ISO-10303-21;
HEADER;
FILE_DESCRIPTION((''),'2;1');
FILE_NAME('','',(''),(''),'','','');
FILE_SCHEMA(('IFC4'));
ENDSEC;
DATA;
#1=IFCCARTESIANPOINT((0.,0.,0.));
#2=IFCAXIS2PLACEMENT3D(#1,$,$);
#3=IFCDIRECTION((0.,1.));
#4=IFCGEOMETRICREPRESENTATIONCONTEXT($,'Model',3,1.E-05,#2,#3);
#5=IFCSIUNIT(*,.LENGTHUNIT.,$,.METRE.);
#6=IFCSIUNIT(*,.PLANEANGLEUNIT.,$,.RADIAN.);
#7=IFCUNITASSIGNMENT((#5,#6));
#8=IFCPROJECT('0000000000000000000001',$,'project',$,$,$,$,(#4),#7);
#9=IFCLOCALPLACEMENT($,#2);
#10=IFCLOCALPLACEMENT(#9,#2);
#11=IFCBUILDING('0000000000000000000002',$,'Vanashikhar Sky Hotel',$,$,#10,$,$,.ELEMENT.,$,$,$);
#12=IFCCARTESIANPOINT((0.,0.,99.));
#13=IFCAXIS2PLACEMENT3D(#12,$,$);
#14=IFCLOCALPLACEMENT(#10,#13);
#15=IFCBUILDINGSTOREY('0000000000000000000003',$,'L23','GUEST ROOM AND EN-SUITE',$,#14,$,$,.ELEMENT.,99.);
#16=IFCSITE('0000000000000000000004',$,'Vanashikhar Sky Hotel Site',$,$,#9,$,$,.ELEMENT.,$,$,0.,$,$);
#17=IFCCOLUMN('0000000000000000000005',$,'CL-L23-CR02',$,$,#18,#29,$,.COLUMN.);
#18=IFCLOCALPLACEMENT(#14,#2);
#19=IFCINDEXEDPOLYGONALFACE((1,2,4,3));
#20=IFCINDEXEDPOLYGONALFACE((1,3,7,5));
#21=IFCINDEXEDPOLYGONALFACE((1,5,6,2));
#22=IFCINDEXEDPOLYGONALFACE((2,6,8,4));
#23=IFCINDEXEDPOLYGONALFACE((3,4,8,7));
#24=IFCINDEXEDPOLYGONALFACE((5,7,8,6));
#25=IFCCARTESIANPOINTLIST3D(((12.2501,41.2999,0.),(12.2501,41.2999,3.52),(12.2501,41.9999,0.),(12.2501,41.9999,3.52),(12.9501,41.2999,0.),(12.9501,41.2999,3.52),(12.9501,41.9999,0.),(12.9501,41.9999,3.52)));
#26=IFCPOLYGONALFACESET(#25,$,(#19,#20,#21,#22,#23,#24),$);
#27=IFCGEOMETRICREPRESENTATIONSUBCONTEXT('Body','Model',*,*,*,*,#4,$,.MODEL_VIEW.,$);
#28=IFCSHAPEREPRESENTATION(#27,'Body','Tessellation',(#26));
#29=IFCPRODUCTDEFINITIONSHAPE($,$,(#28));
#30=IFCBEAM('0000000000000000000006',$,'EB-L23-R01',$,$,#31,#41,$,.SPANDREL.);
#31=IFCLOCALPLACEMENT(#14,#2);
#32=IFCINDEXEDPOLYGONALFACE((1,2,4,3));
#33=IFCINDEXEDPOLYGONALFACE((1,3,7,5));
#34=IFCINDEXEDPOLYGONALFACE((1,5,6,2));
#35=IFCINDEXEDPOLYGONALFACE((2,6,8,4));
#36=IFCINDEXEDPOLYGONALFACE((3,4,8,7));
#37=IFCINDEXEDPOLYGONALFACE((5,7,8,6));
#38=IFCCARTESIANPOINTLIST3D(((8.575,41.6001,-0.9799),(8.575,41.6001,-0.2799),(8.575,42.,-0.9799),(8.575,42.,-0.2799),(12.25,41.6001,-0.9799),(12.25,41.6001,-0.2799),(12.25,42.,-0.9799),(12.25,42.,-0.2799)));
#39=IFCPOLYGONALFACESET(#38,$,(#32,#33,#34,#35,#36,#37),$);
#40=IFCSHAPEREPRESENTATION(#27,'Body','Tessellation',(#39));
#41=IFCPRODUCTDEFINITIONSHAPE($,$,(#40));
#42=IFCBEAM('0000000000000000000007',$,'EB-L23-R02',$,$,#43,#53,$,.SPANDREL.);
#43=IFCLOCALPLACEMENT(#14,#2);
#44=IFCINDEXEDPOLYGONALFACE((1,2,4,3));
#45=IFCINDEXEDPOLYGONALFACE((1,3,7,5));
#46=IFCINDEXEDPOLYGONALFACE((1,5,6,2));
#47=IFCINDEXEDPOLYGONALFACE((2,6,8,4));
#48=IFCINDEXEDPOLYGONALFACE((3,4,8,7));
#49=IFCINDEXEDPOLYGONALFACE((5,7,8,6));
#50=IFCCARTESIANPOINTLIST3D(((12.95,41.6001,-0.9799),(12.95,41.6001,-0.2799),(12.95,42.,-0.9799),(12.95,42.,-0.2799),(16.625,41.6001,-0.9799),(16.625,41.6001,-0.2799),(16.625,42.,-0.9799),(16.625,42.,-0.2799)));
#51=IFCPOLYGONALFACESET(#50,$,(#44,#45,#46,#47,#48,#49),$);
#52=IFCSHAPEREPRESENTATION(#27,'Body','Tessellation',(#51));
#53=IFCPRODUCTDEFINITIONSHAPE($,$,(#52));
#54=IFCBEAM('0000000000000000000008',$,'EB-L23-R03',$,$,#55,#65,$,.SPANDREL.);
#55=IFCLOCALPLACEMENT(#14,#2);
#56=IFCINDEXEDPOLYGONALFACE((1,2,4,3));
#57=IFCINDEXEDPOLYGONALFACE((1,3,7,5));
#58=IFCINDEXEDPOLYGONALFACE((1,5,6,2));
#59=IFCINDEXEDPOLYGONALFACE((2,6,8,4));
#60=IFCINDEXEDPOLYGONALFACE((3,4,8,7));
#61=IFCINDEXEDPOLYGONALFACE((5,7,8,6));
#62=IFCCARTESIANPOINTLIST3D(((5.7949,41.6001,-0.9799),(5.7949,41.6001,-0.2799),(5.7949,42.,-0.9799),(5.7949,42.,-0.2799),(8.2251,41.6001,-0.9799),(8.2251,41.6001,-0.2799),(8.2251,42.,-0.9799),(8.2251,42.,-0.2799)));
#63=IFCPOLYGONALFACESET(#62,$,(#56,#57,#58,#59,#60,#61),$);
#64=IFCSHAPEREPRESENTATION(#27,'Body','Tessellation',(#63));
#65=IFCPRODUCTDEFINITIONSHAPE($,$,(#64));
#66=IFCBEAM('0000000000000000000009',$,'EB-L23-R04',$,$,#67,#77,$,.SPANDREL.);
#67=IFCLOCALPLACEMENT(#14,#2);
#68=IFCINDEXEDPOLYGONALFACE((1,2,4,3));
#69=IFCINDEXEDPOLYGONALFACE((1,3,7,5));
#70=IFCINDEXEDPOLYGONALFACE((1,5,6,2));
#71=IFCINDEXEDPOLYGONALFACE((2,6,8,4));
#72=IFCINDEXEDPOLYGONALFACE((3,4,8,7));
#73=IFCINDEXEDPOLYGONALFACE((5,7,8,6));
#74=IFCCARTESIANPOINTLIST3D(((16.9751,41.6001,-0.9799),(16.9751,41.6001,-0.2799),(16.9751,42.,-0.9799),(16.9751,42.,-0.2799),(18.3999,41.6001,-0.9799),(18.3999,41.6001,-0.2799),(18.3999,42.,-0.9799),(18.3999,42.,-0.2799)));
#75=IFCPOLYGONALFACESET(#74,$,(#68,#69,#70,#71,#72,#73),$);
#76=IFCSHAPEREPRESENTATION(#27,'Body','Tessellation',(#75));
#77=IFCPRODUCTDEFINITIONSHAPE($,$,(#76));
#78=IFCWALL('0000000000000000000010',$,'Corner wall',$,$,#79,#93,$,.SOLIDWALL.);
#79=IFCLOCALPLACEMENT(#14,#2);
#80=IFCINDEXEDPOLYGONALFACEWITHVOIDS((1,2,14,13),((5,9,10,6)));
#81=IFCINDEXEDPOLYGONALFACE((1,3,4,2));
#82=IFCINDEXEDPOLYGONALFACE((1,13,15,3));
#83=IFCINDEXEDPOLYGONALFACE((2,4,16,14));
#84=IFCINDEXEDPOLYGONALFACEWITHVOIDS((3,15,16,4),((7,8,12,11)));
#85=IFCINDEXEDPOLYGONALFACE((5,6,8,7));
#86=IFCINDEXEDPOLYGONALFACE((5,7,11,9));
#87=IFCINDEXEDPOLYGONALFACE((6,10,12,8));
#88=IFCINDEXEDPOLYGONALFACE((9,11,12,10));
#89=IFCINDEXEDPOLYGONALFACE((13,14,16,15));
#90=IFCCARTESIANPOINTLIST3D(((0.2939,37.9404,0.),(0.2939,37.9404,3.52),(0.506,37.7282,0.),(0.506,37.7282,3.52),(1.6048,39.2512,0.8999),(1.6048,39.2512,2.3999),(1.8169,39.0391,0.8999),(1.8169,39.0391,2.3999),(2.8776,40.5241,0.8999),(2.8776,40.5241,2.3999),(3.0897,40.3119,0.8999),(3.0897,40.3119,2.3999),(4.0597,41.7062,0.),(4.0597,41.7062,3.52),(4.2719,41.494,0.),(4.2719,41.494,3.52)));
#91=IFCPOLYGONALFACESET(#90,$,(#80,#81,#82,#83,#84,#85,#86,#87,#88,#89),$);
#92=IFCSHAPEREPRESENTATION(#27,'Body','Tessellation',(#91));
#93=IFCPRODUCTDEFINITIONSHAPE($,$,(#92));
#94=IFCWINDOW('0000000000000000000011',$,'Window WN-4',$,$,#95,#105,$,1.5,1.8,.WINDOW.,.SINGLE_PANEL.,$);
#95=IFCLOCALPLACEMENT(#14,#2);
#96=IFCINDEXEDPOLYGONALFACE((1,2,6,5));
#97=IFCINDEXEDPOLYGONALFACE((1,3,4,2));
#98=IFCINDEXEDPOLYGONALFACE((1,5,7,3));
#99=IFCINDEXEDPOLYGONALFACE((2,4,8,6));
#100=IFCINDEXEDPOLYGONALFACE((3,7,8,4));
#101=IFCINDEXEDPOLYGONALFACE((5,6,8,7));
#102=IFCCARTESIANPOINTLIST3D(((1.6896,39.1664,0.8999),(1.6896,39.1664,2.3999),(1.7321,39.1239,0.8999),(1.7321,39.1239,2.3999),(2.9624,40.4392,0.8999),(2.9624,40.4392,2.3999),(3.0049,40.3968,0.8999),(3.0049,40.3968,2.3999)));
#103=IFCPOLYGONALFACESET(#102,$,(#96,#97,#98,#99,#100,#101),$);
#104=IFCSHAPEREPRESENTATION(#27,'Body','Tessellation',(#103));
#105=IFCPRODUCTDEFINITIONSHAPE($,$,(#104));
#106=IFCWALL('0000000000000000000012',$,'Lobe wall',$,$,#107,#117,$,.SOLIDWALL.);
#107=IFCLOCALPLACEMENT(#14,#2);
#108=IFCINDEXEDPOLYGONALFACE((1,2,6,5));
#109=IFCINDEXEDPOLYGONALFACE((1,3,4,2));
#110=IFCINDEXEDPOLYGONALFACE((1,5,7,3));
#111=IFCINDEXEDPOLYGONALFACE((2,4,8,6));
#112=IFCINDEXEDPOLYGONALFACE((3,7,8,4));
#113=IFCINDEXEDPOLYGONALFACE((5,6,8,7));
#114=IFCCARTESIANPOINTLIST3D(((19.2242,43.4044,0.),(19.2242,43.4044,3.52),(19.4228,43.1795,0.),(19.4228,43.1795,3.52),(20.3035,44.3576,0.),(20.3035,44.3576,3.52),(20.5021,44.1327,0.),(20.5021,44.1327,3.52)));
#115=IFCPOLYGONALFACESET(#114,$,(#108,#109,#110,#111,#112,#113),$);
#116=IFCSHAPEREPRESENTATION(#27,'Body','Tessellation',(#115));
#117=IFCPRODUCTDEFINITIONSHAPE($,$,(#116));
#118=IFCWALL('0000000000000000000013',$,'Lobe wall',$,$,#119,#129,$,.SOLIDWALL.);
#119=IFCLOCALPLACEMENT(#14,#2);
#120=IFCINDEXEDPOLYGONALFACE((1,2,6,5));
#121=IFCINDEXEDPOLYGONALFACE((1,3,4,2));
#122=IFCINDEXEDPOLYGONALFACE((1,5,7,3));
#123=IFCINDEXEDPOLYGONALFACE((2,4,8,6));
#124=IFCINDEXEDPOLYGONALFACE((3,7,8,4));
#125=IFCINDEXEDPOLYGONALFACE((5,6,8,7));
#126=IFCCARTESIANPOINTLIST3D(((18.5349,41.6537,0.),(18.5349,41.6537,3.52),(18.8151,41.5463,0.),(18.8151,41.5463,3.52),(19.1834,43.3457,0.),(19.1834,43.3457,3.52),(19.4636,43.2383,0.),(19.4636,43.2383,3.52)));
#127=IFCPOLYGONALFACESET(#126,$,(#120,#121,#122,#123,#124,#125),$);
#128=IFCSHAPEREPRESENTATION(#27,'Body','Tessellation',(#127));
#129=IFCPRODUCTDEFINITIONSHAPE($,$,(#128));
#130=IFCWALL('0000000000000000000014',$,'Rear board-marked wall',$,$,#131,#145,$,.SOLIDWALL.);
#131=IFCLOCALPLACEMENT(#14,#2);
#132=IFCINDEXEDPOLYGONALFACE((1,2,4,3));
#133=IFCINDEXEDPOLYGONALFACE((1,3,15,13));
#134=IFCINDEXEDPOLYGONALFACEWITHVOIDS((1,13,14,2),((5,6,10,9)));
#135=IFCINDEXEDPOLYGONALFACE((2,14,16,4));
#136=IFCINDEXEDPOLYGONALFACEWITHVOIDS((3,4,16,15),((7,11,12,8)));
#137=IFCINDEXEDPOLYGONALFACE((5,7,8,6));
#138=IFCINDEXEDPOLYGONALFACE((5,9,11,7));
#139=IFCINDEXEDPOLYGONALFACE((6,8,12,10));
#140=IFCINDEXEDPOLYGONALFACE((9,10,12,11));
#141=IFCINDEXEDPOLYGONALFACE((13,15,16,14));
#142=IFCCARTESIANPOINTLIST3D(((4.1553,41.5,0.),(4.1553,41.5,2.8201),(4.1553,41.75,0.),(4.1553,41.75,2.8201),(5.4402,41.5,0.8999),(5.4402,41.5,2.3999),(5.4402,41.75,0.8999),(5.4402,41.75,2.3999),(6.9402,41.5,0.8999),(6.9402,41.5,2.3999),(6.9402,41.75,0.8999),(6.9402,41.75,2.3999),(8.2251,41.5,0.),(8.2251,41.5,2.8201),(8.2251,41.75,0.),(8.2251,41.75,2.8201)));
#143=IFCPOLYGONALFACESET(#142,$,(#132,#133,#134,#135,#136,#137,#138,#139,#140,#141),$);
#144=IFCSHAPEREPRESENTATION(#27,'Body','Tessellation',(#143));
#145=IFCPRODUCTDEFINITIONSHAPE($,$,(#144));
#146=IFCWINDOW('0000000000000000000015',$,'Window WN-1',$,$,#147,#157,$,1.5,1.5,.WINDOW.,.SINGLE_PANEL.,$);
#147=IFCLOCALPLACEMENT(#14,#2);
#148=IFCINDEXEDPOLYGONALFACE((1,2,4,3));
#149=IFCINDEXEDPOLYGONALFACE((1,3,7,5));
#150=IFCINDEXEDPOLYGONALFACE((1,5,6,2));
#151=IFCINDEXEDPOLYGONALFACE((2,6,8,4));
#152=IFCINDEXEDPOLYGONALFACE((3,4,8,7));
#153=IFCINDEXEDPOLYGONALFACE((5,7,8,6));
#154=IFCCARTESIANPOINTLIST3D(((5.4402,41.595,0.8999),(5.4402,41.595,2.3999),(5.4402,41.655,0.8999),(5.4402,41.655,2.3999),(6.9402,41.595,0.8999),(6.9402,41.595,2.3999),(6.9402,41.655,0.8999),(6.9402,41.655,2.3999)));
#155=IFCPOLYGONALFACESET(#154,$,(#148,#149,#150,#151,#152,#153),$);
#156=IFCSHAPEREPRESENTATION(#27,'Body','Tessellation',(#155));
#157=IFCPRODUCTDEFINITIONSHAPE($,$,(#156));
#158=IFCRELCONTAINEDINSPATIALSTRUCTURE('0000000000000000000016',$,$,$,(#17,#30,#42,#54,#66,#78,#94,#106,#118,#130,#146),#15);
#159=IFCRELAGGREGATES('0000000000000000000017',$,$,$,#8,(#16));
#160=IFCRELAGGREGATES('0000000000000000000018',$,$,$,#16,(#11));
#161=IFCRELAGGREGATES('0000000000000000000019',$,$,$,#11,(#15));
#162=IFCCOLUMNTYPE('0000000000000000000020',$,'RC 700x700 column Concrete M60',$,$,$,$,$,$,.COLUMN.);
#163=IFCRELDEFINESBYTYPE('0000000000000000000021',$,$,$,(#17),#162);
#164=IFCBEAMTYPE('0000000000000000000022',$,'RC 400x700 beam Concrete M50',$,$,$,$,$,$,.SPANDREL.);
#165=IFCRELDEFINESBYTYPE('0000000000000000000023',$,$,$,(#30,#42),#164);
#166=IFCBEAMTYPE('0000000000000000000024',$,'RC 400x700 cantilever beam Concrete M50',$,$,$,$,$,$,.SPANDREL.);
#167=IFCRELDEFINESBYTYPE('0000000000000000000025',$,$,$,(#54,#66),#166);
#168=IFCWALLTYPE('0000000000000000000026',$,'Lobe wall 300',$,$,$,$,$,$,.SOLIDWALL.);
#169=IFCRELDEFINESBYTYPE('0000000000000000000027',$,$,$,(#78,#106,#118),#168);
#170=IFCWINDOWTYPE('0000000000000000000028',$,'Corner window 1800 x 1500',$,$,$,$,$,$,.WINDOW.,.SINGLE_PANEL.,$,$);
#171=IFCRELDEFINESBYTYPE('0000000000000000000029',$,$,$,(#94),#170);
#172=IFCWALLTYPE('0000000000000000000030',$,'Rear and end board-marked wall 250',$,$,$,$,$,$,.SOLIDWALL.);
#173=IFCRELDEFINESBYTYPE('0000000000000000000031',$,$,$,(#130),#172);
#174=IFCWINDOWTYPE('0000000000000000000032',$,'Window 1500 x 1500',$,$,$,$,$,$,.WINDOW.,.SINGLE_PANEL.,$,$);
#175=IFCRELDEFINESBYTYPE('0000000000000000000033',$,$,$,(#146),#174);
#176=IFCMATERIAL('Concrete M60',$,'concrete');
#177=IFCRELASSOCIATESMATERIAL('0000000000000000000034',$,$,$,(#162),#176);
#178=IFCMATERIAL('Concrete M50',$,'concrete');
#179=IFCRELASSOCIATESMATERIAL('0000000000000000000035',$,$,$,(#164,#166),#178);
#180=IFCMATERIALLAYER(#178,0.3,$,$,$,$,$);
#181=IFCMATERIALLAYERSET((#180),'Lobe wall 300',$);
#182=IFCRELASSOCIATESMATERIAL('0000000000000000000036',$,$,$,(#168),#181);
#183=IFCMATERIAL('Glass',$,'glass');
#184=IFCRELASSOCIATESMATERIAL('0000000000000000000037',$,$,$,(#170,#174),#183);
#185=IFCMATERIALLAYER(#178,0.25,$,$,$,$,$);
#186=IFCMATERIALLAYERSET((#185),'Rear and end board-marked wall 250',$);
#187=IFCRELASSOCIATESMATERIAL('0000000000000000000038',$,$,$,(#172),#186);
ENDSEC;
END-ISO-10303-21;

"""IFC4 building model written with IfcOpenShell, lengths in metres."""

from ifc_helpers import new_model, si_unit, direction, frame, frame_2d, origin, origin_2d, place, context, subcontext, project, spatial, rectangle, extrude, source, transform, mapped, material, layer, layer_set, material_profile, profile_set, type_object, element, fill, save


model = new_model("IFC4")

# Units and contexts
model_context = context("Model", 3, precision=1e-05, world=origin(), true_north=direction((0.0, 1.0)))
body_context = subcontext(model_context, "Body", "Model", "MODEL_VIEW")
ifc_project = project(units=[si_unit("LENGTHUNIT", "METRE"), si_unit("PLANEANGLEUNIT", "RADIAN")], contexts=[model_context])

# Site, building, storey
site_placement = place(None, origin())
site = spatial("IfcSite", under=ifc_project, at=site_placement, Name="Vanashikhar Sky Hotel Site", CompositionType="ELEMENT", RefElevation=0.0)
building_placement = place(site_placement, origin())
building = spatial("IfcBuilding", under=site, at=building_placement, Name="Vanashikhar Sky Hotel", CompositionType="ELEMENT")
storey_placement = place(building_placement, frame((0.0, 0.0, 99.0)))
storey = spatial("IfcBuildingStorey", under=building, at=storey_placement, Name="L23", Description="GUEST ROOM AND EN-SUITE", CompositionType="ELEMENT", Elevation=99.0)

# Column
ifc_material_1 = material(Name="Concrete M60", Category="concrete")
ifc_material_profile_1 = material_profile(ifc_material_1, rectangle(XDim=0.7, YDim=0.7, at=origin_2d()))
ifc_profile_set_1 = profile_set([ifc_material_profile_1], Name="RC 700x700 column Concrete M60")
column_type = type_object("IfcColumnType", Name="RC 700x700 column Concrete M60", PredefinedType="COLUMN", material=ifc_profile_set_1)
shared_shape_1 = source(origin(), body_context, "Body", "SweptSolid", [
    extrude(rectangle(XDim=0.7, YDim=0.7, at=origin_2d()), origin(), (0.0, 0.0, 1.0), 3.52),
])
column_placement = place(storey_placement, frame((12.6001, 41.6499, 0.0), z_axis=(0.0, 0.0, 1.0), x_axis=(1.0, 0.0, 0.0)))
element("IfcColumn", 1, at=column_placement, inside=storey, type_object=column_type, Name="CL-L23-CR02", PredefinedType="COLUMN", context=body_context, shape_type="MappedRepresentation", body=[
    mapped(shared_shape_1, transform((0.0, 0.0, 0.0), scale=1.0)),
])

# Beams
ifc_material_2 = material(Name="Concrete M50", Category="concrete")
ifc_material_profile_2 = material_profile(ifc_material_2, rectangle(XDim=0.3999, YDim=0.7, at=origin_2d()))
ifc_profile_set_2 = profile_set([ifc_material_profile_2], Name="RC 400x700 beam Concrete M50")
beam_type_1 = type_object("IfcBeamType", Name="RC 400x700 beam Concrete M50", PredefinedType="SPANDREL", material=ifc_profile_set_2)
shared_shape_2 = source(origin(), body_context, "Body", "SweptSolid", [
    extrude(rectangle(XDim=0.3999, YDim=0.7, at=origin_2d()), origin(), (0.0, 0.0, 1.0), 3.675),
])
for number, where, z_axis, x_axis, name in (
    (2, (8.575, 41.8, -0.6299), (1.0, 0.0, 0.0), (0.0, 1.0, 0.0), "EB-L23-R01"),
    (3, (12.95, 41.8, -0.6299), (1.0, 0.0, 0.0), (0.0, 1.0, 0.0), "EB-L23-R02"),
):
    element("IfcBeam", number, at=place(storey_placement, frame(where, z_axis=z_axis, x_axis=x_axis)), inside=storey, type_object=beam_type_1, Name=name, PredefinedType="SPANDREL", context=body_context, shape_type="MappedRepresentation", body=[
        mapped(shared_shape_2, transform((0.0, 0.0, 0.0), scale=1.0)),
    ])
ifc_material_profile_3 = material_profile(ifc_material_2, rectangle(XDim=0.3999, YDim=0.7, at=origin_2d()))
ifc_profile_set_3 = profile_set([ifc_material_profile_3], Name="RC 400x700 cantilever beam Concrete M50")
beam_type_2 = type_object("IfcBeamType", Name="RC 400x700 cantilever beam Concrete M50", PredefinedType="SPANDREL", material=ifc_profile_set_3)
shared_shape_3 = source(origin(), body_context, "Body", "SweptSolid", [
    extrude(rectangle(XDim=0.3999, YDim=0.7, at=origin_2d()), origin(), (0.0, 0.0, 1.0), 2.4302),
])
beam_1_placement = place(storey_placement, frame((5.7949, 41.8, -0.6299), z_axis=(1.0, 0.0, 0.0), x_axis=(0.0, 1.0, 0.0)))
element("IfcBeam", 4, at=beam_1_placement, inside=storey, type_object=beam_type_2, Name="EB-L23-R03", PredefinedType="SPANDREL", context=body_context, shape_type="MappedRepresentation", body=[
    mapped(shared_shape_3, transform((0.0, 0.0, 0.0), scale=1.0)),
])
shared_shape_4 = source(origin(), body_context, "Body", "SweptSolid", [
    extrude(rectangle(XDim=0.3999, YDim=0.7, at=origin_2d()), origin(), (0.0, 0.0, 1.0), 1.4248),
])
beam_2_placement = place(storey_placement, frame((16.9751, 41.8, -0.6299), z_axis=(1.0, 0.0, 0.0), x_axis=(0.0, 1.0, 0.0)))
element("IfcBeam", 5, at=beam_2_placement, inside=storey, type_object=beam_type_2, Name="EB-L23-R04", PredefinedType="SPANDREL", context=body_context, shape_type="MappedRepresentation", body=[
    mapped(shared_shape_4, transform((0.0, 0.0, 0.0), scale=1.0)),
])

# Wall, opening, window
ifc_layer_1 = layer(ifc_material_2, 0.3)
ifc_layer_set_1 = layer_set([ifc_layer_1], Name="Lobe wall 300")
wall_type_1 = type_object("IfcWallType", Name="Lobe wall 300", PredefinedType="SOLIDWALL", material=ifc_layer_set_1)
shared_shape_5 = source(origin(), body_context, "Body", "SweptSolid", [
    extrude(rectangle(XDim=5.3257, YDim=0.3, at=frame_2d((2.6628, 0.0))), origin(), (0.0, 0.0, 1.0), 3.52),
])
wall_1_placement = place(storey_placement, frame((4.1658, 41.6001, 0.0), z_axis=(0.0, 0.0, 1.0), x_axis=(-0.707107, -0.707107, 0.0)))
wall_1 = element("IfcWall", 6, at=wall_1_placement, inside=storey, type_object=wall_type_1, Name="Corner wall", PredefinedType="SOLIDWALL", context=body_context, shape_type="MappedRepresentation", body=[
    mapped(shared_shape_5, transform((0.0, 0.0, 0.0), scale=1.0)),
])
shared_shape_6 = source(origin(), body_context, "Body", "SweptSolid", [
    extrude(rectangle(XDim=1.8, YDim=1.5, at=frame_2d((0.8999, 0.75))), frame((0.0, 0.1602, 0.0), z_axis=(0.0, -1.0, 0.0), x_axis=(1.0, 0.0, 0.0)), (0.0, 0.0, 1.0), 0.3201),
])
opening_1_placement = place(wall_1_placement, frame((1.6719, 0.0, 0.8999)))
opening_1 = element("IfcOpeningElement", 7, at=opening_1_placement, cuts=wall_1, PredefinedType="OPENING", context=body_context, shape_type="MappedRepresentation", body=[
    mapped(shared_shape_6, transform((0.0, 0.0, 0.0), scale=1.0)),
])
ifc_material_3 = material(Name="Glass", Category="glass")
window_type_1 = type_object("IfcWindowType", Name="Corner window 1800 x 1500", PartitioningType="SINGLE_PANEL", PredefinedType="WINDOW", material=ifc_material_3)
shared_shape_7 = source(origin(), body_context, "Body", "SweptSolid", [
    extrude(rectangle(XDim=1.8, YDim=1.5, at=frame_2d((0.8999, 0.75))), frame((0.0, 0.03, 0.0), z_axis=(0.0, -1.0, 0.0), x_axis=(1.0, 0.0, 0.0)), (0.0, 0.0, 1.0), 0.0601),
])
window_1_placement = place(opening_1_placement, origin())
window_1 = element("IfcWindow", 8, at=window_1_placement, inside=storey, type_object=window_type_1, Name="Window WN-4", OverallHeight=1.5, OverallWidth=1.8, PartitioningType="SINGLE_PANEL", PredefinedType="WINDOW", context=body_context, shape_type="MappedRepresentation", body=[
    mapped(shared_shape_7, transform((0.0, 0.0, 0.0), scale=1.0)),
])
fill(opening_1, window_1)

# Walls
shared_shape_8 = source(origin(), body_context, "Body", "SweptSolid", [
    extrude(rectangle(XDim=1.4399, YDim=0.3, at=frame_2d((0.72, 0.0))), origin(), (0.0, 0.0, 1.0), 3.52),
])
wall_2_placement = place(storey_placement, frame((20.4028, 44.2451, 0.0), z_axis=(0.0, 0.0, 1.0), x_axis=(-0.749576, -0.661919, 0.0)))
element("IfcWall", 9, at=wall_2_placement, inside=storey, type_object=wall_type_1, Name="Lobe wall", PredefinedType="SOLIDWALL", context=body_context, shape_type="MappedRepresentation", body=[
    mapped(shared_shape_8, transform((0.0, 0.0, 0.0), scale=1.0)),
])
shared_shape_9 = source(origin(), body_context, "Body", "SweptSolid", [
    extrude(rectangle(XDim=1.812, YDim=0.3, at=frame_2d((0.906, 0.0))), origin(), (0.0, 0.0, 1.0), 3.52),
])
wall_3_placement = place(storey_placement, frame((19.3235, 43.292, 0.0), z_axis=(0.0, 0.0, 1.0), x_axis=(-0.357877, -0.933769, 0.0)))
element("IfcWall", 10, at=wall_3_placement, inside=storey, type_object=wall_type_1, Name="Lobe wall", PredefinedType="SOLIDWALL", context=body_context, shape_type="MappedRepresentation", body=[
    mapped(shared_shape_9, transform((0.0, 0.0, 0.0), scale=1.0)),
])

# Wall, opening, window
ifc_layer_2 = layer(ifc_material_2, 0.25)
ifc_layer_set_2 = layer_set([ifc_layer_2], Name="Rear and end board-marked wall 250")
wall_type_2 = type_object("IfcWallType", Name="Rear and end board-marked wall 250", PredefinedType="SOLIDWALL", material=ifc_layer_set_2)
shared_shape_10 = source(origin(), body_context, "Body", "SweptSolid", [
    extrude(rectangle(XDim=4.0698, YDim=0.25, at=frame_2d((2.0349, 0.0))), origin(), (0.0, 0.0, 1.0), 2.8201),
])
wall_4_placement = place(storey_placement, frame((8.2251, 41.625, 0.0), z_axis=(0.0, 0.0, 1.0), x_axis=(-1.0, 0.0, 0.0)))
wall_4 = element("IfcWall", 11, at=wall_4_placement, inside=storey, type_object=wall_type_2, Name="Rear board-marked wall", PredefinedType="SOLIDWALL", context=body_context, shape_type="MappedRepresentation", body=[
    mapped(shared_shape_10, transform((0.0, 0.0, 0.0), scale=1.0)),
])
shared_shape_11 = source(origin(), body_context, "Body", "SweptSolid", [
    extrude(rectangle(XDim=1.5, YDim=1.5, at=frame_2d((0.75, 0.75))), frame((0.0, 0.135, 0.0), z_axis=(0.0, -1.0, 0.0), x_axis=(1.0, 0.0, 0.0)), (0.0, 0.0, 1.0), 0.27),
])
opening_2_placement = place(wall_4_placement, frame((1.2849, 0.0, 0.8999)))
opening_2 = element("IfcOpeningElement", 12, at=opening_2_placement, cuts=wall_4, PredefinedType="OPENING", context=body_context, shape_type="MappedRepresentation", body=[
    mapped(shared_shape_11, transform((0.0, 0.0, 0.0), scale=1.0)),
])
window_type_2 = type_object("IfcWindowType", Name="Window 1500 x 1500", PartitioningType="SINGLE_PANEL", PredefinedType="WINDOW", material=ifc_material_3)
shared_shape_12 = source(origin(), body_context, "Body", "SweptSolid", [
    extrude(rectangle(XDim=1.5, YDim=1.5, at=frame_2d((0.75, 0.75))), frame((0.0, 0.03, 0.0), z_axis=(0.0, -1.0, 0.0), x_axis=(1.0, 0.0, 0.0)), (0.0, 0.0, 1.0), 0.0601),
])
window_2_placement = place(opening_2_placement, origin())
window_2 = element("IfcWindow", 13, at=window_2_placement, inside=storey, type_object=window_type_2, Name="Window WN-1", OverallHeight=1.5, OverallWidth=1.5, PartitioningType="SINGLE_PANEL", PredefinedType="WINDOW", context=body_context, shape_type="MappedRepresentation", body=[
    mapped(shared_shape_12, transform((0.0, 0.0, 0.0), scale=1.0)),
])
fill(opening_2, window_2)

save(model, "model.ifc")
